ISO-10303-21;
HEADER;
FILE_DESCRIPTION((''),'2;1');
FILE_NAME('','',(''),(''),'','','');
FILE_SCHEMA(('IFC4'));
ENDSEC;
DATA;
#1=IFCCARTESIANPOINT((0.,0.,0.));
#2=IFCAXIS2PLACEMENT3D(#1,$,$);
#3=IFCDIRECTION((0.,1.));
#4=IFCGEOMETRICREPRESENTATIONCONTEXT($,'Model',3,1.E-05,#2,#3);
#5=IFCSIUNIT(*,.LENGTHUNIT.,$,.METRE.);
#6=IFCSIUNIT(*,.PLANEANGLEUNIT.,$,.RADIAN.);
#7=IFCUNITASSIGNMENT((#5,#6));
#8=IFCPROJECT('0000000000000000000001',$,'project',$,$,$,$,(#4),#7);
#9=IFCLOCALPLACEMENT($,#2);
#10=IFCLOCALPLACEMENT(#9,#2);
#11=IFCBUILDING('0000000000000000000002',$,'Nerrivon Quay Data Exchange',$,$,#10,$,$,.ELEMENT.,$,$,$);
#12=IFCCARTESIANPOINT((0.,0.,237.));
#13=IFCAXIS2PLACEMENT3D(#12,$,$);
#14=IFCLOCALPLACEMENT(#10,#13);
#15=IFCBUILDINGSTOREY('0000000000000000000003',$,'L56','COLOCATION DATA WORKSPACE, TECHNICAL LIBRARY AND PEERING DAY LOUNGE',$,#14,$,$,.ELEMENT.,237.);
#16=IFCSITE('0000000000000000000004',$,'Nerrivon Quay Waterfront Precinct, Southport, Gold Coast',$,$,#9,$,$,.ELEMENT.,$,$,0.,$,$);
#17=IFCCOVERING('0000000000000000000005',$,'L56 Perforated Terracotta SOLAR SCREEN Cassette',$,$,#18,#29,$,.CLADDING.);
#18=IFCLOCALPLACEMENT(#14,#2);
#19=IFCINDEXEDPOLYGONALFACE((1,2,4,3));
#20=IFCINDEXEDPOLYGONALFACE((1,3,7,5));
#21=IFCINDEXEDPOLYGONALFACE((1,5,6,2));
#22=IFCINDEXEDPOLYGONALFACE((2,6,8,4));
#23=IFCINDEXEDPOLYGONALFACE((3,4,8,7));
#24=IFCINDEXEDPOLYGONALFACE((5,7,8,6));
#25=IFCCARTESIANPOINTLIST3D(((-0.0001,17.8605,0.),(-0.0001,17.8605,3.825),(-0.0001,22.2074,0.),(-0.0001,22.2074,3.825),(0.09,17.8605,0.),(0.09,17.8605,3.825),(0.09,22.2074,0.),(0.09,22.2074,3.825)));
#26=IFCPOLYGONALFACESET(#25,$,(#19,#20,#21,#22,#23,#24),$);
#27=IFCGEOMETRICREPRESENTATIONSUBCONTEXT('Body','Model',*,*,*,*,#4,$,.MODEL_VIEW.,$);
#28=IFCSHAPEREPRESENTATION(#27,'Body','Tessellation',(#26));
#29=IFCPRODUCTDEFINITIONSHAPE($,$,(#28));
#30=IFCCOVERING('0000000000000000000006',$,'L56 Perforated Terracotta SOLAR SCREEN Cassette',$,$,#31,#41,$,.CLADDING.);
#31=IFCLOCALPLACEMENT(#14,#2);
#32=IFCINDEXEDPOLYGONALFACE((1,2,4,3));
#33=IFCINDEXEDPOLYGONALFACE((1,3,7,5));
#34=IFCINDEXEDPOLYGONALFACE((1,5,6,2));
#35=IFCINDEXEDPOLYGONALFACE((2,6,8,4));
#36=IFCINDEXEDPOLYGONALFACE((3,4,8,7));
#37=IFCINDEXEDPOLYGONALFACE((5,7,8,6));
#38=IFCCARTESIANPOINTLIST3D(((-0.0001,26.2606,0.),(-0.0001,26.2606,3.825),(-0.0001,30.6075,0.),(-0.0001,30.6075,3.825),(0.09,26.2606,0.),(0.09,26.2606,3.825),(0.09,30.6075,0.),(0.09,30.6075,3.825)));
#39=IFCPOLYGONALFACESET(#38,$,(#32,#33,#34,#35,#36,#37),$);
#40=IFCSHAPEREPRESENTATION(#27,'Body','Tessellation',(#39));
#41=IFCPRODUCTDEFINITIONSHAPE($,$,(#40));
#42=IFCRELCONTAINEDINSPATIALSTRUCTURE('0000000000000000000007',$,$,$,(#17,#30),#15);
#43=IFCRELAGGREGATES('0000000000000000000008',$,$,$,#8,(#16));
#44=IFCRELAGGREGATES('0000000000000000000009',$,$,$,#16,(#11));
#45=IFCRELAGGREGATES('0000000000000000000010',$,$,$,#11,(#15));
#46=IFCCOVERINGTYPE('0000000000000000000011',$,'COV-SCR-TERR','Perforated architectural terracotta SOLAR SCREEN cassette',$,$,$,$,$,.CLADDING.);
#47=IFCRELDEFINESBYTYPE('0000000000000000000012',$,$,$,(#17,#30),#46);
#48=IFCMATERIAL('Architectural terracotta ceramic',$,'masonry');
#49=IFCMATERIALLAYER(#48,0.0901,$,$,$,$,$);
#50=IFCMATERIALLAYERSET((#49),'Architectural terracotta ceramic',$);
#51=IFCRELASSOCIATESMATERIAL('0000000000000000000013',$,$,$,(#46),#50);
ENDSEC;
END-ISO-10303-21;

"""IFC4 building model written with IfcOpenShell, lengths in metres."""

from ifc_helpers import new_model, si_unit, direction, frame, origin, origin_2d, place, context, subcontext, project, spatial, rectangle, extrude, material, layer, layer_set, type_object, element, save


model = new_model("IFC4")

# Units and contexts
model_context = context("Model", 3, precision=1e-05, world=origin(), true_north=direction((0.0, 1.0)))
body_context = subcontext(model_context, "Body", "Model", "MODEL_VIEW")
ifc_project = project(units=[si_unit("LENGTHUNIT", "METRE"), si_unit("PLANEANGLEUNIT", "RADIAN")], contexts=[model_context])

# Site, building, storey
site_placement = place(None, origin())
site = spatial("IfcSite", under=ifc_project, at=site_placement, Name="Nerrivon Quay Waterfront Precinct, Southport, Gold Coast", CompositionType="ELEMENT", RefElevation=0.0)
building_placement = place(site_placement, origin())
building = spatial("IfcBuilding", under=site, at=building_placement, Name="Nerrivon Quay Data Exchange", CompositionType="ELEMENT")
storey_placement = place(building_placement, frame((0.0, 0.0, 237.0)))
storey = spatial("IfcBuildingStorey", under=building, at=storey_placement, Name="L56", Description="COLOCATION DATA WORKSPACE, TECHNICAL LIBRARY AND PEERING DAY LOUNGE", CompositionType="ELEMENT", Elevation=237.0)

# Coverings
ifc_material_1 = material(Name="Architectural terracotta ceramic", Category="masonry")
ifc_layer_1 = layer(ifc_material_1, 0.0901)
ifc_layer_set_1 = layer_set([ifc_layer_1], Name="Architectural terracotta ceramic")
covering_type = type_object("IfcCoveringType", Name="COV-SCR-TERR", Description="Perforated architectural terracotta SOLAR SCREEN cassette", PredefinedType="CLADDING", material=ifc_layer_set_1)
for number, where, z_axis, x_axis, name in (
    (1, (0.0449, 20.0339, 0.0), (0.0, 0.0, 1.0), (0.0, 1.0, 0.0), "L56 Perforated Terracotta SOLAR SCREEN Cassette"),
    (2, (0.0449, 28.4341, 0.0), (0.0, 0.0, 1.0), (0.0, 1.0, 0.0), "L56 Perforated Terracotta SOLAR SCREEN Cassette"),
):
    element("IfcCovering", number, at=place(storey_placement, frame(where, z_axis=z_axis, x_axis=x_axis)), inside=storey, type_object=covering_type, Name=name, PredefinedType="CLADDING", context=body_context, shape_type="SweptSolid", body=[
        extrude(rectangle(XDim=4.3469, YDim=0.0901, at=origin_2d()), origin(), (0.0, 0.0, 1.0), 3.825),
    ])

save(model, "model.ifc")
